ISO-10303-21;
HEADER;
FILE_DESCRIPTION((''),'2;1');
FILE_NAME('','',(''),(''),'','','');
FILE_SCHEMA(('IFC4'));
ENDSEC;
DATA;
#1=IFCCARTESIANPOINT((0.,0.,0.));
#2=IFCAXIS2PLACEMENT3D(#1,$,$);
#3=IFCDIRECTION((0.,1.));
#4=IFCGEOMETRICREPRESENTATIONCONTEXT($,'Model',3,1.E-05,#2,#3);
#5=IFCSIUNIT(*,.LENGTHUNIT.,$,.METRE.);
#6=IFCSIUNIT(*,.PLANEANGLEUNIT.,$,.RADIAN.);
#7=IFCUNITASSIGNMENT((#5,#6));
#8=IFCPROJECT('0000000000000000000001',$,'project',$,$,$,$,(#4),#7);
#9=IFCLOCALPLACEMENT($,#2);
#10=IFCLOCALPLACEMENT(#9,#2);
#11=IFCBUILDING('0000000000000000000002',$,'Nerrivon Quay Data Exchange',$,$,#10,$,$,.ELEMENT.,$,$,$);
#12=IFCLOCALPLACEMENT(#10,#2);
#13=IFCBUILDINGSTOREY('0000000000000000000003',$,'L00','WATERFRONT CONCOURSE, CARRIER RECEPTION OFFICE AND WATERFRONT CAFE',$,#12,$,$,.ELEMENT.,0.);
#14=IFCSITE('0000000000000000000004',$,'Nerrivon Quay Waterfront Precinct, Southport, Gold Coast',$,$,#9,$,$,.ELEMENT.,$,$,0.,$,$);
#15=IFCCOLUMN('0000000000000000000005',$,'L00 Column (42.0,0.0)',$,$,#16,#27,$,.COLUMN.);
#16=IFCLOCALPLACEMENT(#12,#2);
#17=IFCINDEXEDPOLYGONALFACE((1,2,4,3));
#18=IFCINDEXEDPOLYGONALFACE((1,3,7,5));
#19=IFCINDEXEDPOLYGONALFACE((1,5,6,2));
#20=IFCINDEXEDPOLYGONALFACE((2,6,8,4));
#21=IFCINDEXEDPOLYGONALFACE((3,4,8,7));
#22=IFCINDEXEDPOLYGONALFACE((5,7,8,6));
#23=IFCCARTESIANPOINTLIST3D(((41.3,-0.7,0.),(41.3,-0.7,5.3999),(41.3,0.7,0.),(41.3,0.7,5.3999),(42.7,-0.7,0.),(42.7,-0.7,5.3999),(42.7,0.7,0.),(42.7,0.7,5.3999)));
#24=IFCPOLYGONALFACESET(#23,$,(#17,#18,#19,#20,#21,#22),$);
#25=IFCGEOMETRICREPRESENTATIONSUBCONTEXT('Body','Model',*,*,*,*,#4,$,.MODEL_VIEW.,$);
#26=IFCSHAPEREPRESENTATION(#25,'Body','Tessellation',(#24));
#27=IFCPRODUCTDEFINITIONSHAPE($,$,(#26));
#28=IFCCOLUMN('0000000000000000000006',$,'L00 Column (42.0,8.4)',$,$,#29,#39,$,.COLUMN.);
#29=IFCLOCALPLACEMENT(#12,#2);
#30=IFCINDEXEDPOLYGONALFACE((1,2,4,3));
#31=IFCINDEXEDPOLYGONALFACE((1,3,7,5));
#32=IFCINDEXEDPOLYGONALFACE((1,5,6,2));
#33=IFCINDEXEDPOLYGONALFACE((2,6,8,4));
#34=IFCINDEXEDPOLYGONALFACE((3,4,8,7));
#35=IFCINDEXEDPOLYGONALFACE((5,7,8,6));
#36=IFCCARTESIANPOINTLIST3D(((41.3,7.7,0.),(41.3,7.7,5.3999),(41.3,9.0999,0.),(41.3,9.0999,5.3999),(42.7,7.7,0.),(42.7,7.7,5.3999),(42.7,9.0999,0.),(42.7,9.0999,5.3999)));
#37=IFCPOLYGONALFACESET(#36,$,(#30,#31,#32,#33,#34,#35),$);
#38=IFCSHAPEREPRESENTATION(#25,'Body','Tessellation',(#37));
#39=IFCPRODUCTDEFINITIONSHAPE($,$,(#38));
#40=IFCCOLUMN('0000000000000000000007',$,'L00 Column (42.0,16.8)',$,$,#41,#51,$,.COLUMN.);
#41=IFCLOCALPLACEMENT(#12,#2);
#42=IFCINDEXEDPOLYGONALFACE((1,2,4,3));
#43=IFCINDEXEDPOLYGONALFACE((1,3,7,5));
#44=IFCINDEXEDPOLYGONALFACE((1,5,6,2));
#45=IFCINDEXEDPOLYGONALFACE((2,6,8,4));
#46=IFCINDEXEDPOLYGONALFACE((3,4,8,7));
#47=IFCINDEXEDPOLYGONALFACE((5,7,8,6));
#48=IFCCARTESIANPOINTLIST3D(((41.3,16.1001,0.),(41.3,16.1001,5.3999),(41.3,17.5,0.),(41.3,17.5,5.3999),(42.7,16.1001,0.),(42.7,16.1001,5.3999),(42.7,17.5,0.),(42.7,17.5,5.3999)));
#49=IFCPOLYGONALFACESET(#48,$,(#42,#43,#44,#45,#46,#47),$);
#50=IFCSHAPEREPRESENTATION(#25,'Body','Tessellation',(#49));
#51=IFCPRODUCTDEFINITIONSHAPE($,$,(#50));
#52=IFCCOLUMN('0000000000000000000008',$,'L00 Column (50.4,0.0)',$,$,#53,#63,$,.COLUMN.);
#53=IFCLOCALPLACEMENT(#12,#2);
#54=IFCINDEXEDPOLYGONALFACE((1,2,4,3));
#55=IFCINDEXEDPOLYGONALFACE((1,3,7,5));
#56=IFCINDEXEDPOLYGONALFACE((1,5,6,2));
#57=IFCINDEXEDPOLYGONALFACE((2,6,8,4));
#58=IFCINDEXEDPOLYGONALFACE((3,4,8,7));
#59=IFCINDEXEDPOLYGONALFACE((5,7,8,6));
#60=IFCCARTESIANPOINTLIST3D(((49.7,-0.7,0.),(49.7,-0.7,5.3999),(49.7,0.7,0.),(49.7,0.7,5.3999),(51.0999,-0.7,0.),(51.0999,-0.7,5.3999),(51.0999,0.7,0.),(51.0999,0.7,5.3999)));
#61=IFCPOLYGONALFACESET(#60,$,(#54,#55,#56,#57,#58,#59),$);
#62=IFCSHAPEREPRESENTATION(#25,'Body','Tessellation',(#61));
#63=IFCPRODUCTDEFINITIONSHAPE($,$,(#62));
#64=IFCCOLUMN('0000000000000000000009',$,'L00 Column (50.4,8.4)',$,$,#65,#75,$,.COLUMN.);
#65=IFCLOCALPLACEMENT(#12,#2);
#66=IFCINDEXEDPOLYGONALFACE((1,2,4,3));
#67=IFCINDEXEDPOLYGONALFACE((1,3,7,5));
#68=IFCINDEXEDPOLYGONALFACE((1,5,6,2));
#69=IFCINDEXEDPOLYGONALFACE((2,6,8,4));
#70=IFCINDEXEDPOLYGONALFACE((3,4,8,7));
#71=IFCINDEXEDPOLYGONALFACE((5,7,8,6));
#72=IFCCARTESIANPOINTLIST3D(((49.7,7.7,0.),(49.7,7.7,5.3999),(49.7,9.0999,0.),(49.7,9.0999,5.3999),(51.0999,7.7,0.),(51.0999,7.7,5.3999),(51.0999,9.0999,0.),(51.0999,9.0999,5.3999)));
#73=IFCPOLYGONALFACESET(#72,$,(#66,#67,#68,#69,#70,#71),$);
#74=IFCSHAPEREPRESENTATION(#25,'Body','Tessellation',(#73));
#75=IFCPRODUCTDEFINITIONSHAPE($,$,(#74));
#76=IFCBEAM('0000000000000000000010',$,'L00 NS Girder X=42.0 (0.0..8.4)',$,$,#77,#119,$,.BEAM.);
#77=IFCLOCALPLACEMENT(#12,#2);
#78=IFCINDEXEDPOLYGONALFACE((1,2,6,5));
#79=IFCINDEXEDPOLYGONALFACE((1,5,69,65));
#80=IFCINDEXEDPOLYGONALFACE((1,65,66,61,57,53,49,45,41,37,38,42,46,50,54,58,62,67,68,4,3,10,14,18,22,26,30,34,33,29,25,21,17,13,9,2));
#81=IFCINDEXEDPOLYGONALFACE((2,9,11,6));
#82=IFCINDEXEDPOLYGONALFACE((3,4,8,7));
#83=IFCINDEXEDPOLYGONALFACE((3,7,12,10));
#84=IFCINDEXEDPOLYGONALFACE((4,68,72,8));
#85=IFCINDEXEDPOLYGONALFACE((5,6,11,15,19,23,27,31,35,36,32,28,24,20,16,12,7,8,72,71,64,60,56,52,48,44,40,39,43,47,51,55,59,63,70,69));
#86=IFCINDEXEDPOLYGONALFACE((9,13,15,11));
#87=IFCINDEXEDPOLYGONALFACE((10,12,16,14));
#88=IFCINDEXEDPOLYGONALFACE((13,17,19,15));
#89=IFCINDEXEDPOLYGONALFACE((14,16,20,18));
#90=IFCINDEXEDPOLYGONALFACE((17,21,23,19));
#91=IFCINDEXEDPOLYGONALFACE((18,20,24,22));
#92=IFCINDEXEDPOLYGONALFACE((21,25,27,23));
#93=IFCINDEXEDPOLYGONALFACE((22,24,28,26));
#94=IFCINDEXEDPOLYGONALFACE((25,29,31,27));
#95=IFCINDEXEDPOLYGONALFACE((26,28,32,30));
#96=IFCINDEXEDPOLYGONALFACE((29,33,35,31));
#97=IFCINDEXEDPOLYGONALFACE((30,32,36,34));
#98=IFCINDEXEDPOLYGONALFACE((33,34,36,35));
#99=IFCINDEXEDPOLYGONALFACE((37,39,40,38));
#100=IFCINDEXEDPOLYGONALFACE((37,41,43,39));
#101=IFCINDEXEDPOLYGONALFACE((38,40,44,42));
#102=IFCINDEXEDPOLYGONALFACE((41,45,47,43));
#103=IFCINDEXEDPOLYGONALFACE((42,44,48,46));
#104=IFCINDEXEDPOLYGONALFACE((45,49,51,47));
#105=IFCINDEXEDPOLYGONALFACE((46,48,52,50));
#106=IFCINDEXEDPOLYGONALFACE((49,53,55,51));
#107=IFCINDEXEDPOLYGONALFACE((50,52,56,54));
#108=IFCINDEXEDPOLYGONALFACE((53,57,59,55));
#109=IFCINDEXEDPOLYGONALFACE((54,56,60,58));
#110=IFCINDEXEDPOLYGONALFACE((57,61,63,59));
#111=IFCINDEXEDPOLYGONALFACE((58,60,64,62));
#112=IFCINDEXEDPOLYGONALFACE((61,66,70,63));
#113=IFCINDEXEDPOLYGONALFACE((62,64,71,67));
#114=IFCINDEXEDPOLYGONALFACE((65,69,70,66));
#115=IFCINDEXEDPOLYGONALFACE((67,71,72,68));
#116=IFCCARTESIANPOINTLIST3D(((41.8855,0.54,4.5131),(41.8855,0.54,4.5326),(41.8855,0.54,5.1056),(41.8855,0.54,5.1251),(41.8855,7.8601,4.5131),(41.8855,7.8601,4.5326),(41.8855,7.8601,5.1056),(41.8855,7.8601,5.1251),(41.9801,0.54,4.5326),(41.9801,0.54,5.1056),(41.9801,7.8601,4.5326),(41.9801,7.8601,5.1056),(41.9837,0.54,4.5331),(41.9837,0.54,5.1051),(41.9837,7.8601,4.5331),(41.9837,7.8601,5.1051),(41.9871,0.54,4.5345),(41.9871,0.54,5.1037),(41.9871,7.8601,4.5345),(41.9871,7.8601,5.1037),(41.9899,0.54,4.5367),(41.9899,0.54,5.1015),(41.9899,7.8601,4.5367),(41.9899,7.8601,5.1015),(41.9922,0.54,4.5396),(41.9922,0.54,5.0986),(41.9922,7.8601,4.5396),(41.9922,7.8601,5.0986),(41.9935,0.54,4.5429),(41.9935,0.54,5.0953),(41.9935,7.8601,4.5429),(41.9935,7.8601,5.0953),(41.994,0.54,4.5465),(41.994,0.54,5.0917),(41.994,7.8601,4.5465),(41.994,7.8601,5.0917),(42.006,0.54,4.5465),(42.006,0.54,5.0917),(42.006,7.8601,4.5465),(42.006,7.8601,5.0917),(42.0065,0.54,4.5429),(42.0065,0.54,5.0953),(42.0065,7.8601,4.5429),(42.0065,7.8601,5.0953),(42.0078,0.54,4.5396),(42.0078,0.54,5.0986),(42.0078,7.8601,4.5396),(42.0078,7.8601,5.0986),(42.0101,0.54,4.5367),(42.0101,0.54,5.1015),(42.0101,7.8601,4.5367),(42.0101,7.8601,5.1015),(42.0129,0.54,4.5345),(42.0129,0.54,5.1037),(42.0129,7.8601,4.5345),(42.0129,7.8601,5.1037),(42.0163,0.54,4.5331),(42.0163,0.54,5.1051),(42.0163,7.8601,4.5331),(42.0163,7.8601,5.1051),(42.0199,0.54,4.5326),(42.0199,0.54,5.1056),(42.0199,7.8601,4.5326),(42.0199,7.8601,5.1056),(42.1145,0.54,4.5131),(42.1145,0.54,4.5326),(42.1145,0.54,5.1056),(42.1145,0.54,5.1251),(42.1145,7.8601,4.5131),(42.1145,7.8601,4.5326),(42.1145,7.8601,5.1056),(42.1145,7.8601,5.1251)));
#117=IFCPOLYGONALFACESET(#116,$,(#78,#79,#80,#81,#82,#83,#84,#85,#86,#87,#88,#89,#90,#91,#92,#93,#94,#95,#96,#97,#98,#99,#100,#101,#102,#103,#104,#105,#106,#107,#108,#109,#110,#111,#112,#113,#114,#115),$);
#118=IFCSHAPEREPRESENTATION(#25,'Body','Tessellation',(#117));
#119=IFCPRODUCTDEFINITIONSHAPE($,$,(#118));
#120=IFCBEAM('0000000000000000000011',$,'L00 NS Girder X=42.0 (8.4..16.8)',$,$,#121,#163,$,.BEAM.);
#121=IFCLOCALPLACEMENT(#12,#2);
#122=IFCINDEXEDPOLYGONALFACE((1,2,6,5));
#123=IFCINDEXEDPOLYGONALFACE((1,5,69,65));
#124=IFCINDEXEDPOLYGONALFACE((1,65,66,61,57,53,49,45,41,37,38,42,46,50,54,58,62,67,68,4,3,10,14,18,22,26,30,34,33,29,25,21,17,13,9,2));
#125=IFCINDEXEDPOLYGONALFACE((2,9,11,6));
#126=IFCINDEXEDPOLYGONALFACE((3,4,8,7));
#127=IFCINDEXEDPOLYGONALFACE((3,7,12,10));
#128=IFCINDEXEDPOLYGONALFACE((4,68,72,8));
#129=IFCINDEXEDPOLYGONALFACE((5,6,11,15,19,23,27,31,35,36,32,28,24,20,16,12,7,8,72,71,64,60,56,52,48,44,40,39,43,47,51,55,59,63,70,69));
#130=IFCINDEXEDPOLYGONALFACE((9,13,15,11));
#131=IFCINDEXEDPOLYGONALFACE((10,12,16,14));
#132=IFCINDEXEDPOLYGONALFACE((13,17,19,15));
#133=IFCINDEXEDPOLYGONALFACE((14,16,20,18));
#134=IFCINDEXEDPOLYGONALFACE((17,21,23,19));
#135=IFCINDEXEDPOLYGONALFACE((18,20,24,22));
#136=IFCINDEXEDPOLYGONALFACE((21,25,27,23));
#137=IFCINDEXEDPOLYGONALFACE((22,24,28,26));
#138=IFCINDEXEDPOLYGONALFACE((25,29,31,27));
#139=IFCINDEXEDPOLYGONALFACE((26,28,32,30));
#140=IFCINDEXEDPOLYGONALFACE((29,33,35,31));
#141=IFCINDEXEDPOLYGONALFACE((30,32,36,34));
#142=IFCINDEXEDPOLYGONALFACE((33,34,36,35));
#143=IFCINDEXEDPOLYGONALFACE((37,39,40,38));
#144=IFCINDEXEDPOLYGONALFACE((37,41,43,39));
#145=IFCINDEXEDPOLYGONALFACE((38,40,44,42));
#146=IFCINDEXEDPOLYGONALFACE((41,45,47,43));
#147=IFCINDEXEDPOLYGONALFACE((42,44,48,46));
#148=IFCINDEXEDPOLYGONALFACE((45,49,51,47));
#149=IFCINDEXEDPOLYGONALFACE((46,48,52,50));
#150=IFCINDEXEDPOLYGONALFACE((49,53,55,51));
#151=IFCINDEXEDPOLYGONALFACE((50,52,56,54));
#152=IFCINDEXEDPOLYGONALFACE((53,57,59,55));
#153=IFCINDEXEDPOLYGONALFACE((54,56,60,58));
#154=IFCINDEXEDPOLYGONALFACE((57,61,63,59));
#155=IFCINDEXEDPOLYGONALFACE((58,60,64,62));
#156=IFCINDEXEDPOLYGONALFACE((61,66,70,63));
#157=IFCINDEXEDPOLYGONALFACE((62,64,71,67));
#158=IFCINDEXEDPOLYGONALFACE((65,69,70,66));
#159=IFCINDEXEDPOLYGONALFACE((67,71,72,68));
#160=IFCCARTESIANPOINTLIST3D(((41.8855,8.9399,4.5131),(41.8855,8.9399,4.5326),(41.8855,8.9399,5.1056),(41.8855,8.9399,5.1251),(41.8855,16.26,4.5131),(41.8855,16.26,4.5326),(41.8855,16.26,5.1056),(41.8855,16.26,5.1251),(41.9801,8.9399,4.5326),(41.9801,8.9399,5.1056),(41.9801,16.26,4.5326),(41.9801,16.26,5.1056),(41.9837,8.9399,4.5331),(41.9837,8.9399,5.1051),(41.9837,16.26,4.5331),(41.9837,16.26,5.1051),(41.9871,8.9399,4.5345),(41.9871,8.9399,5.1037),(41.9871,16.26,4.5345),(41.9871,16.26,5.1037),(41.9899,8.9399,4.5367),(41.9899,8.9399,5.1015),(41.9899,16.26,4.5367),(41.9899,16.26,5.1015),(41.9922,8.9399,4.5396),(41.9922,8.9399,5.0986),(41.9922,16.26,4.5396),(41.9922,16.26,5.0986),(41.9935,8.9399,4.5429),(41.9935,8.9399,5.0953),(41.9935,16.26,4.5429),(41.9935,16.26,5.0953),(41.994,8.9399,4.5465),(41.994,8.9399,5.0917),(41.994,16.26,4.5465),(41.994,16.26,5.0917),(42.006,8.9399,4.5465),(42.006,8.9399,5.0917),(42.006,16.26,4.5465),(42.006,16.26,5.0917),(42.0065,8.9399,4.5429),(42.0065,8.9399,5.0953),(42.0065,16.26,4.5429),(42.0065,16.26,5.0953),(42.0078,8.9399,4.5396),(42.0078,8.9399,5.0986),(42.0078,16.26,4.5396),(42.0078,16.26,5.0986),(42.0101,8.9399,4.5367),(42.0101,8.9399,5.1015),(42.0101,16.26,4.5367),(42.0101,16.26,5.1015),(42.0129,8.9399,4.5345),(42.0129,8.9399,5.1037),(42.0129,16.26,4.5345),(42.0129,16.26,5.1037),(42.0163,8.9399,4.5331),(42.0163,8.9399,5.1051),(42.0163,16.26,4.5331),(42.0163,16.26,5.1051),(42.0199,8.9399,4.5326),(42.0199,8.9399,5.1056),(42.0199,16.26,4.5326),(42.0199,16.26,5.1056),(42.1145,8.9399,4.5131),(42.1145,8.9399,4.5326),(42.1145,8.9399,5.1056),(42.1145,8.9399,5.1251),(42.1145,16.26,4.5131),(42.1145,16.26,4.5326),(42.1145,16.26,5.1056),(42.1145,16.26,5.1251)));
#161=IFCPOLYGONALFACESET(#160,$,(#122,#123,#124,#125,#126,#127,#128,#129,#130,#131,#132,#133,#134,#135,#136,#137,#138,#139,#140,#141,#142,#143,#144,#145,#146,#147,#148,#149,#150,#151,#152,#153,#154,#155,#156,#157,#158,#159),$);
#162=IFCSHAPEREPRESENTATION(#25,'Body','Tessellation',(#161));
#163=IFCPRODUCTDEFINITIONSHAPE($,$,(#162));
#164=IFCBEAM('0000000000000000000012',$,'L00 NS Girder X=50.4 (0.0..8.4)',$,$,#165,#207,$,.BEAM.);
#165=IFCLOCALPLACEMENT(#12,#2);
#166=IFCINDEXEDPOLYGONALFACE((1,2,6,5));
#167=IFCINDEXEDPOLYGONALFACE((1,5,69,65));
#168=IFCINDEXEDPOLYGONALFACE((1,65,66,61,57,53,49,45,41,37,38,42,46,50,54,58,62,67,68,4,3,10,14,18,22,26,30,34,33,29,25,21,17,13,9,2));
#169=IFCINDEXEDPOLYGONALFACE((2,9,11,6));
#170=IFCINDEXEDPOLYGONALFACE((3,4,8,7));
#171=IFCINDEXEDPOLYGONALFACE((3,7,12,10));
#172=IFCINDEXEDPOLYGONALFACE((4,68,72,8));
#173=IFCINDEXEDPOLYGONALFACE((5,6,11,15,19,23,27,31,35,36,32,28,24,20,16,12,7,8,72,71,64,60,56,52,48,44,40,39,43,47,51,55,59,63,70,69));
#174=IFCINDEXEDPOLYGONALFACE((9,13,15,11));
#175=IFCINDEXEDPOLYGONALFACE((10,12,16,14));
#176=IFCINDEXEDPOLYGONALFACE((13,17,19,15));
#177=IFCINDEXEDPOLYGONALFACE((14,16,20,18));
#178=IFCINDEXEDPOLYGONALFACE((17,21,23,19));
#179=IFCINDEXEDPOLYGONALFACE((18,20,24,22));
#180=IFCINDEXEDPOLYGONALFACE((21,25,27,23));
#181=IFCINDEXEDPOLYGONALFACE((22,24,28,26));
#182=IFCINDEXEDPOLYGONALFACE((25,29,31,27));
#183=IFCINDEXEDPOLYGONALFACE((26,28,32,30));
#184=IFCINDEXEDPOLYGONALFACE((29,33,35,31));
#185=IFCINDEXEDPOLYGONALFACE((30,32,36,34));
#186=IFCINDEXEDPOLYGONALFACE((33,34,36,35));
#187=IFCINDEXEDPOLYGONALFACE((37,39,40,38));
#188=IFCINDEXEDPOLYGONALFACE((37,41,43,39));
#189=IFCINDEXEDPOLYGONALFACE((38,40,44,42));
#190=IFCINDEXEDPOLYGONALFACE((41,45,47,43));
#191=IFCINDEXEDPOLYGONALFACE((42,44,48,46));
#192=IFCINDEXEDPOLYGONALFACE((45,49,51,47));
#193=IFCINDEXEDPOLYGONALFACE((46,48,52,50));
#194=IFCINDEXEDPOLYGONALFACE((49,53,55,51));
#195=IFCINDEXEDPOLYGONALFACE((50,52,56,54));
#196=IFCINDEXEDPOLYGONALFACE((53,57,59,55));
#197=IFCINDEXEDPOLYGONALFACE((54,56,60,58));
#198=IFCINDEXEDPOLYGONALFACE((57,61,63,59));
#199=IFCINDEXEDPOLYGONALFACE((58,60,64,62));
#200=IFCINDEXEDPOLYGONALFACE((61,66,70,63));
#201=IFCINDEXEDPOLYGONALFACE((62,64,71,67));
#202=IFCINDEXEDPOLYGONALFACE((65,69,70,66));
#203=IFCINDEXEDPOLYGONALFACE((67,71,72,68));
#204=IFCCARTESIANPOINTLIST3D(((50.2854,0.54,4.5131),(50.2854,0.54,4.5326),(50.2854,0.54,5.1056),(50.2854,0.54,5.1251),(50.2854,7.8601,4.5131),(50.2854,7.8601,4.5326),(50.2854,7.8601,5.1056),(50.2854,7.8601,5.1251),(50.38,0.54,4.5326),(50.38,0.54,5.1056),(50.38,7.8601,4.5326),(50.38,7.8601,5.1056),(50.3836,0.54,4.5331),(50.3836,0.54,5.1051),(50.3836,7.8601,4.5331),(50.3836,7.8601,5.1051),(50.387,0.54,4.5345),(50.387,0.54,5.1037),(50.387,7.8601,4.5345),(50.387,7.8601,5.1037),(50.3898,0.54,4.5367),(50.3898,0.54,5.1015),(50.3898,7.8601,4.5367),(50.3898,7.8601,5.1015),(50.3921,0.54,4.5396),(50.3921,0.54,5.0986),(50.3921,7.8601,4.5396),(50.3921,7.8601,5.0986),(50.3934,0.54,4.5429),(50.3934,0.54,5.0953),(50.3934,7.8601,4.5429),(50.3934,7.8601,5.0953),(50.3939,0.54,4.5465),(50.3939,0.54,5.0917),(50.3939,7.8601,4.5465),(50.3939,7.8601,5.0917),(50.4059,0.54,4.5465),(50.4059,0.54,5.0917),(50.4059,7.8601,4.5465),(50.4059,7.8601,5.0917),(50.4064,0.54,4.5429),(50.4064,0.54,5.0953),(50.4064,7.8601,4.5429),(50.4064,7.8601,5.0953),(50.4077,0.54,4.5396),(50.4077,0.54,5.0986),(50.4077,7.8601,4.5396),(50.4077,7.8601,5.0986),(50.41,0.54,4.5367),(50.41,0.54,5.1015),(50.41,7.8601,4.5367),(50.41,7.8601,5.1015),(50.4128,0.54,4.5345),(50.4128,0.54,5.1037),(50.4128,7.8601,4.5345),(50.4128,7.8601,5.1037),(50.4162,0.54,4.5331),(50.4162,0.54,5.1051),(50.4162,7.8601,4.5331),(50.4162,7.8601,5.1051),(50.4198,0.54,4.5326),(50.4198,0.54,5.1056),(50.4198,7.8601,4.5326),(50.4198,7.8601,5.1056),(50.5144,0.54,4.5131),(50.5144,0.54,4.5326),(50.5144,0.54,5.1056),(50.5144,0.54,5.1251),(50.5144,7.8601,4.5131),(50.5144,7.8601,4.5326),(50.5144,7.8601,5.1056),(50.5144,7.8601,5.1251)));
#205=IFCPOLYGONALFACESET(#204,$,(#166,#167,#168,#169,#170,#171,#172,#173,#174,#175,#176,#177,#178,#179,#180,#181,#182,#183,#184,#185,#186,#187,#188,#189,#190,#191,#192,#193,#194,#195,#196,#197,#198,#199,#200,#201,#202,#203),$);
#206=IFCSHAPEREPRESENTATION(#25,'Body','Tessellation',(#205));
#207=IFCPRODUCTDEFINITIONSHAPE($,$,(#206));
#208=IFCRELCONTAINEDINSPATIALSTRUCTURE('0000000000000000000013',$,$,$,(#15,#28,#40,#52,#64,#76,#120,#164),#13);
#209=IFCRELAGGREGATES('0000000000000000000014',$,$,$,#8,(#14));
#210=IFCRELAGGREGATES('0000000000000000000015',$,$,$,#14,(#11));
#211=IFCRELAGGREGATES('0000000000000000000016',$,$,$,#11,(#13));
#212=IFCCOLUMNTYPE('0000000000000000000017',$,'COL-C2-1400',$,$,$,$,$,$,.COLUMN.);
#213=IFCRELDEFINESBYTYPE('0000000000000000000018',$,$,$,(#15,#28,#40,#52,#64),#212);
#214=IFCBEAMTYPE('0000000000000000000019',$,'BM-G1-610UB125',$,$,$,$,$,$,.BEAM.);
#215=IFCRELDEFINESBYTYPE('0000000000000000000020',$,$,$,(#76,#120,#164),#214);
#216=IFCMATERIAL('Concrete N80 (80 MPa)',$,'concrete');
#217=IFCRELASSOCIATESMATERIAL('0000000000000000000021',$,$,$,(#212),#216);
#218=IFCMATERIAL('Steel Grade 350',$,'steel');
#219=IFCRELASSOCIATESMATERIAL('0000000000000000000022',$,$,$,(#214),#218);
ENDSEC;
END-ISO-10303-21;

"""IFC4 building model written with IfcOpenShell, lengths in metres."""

from ifc_helpers import new_model, si_unit, direction, frame, origin, origin_2d, place, context, subcontext, project, spatial, rectangle, i_section, extrude, material, material_profile, profile_set, type_object, element, save


model = new_model("IFC4")

# Units and contexts
model_context = context("Model", 3, precision=1e-05, world=origin(), true_north=direction((0.0, 1.0)))
body_context = subcontext(model_context, "Body", "Model", "MODEL_VIEW")
ifc_project = project(units=[si_unit("LENGTHUNIT", "METRE"), si_unit("PLANEANGLEUNIT", "RADIAN")], contexts=[model_context])

# Site, building, storey
site_placement = place(None, origin())
site = spatial("IfcSite", under=ifc_project, at=site_placement, Name="Nerrivon Quay Waterfront Precinct, Southport, Gold Coast", CompositionType="ELEMENT", RefElevation=0.0)
building_placement = place(site_placement, origin())
building = spatial("IfcBuilding", under=site, at=building_placement, Name="Nerrivon Quay Data Exchange", CompositionType="ELEMENT")
storey_placement = place(building_placement, origin())
storey = spatial("IfcBuildingStorey", under=building, at=storey_placement, Name="L00", Description="WATERFRONT CONCOURSE, CARRIER RECEPTION OFFICE AND WATERFRONT CAFE", CompositionType="ELEMENT", Elevation=0.0)

# Columns
ifc_material_1 = material(Name="Concrete N80 (80 MPa)", Category="concrete")
ifc_material_profile_1 = material_profile(ifc_material_1, rectangle(XDim=1.3999, YDim=1.3999, at=origin_2d()), Name="RC-COL-1400x1400")
ifc_profile_set_1 = profile_set([ifc_material_profile_1], Name="Concrete N80 (80 MPa)")
column_type = type_object("IfcColumnType", Name="COL-C2-1400", PredefinedType="COLUMN", material=ifc_profile_set_1)
for number, where, z_axis, x_axis, name in (
    (1, (42.0, 0.0, 0.0), (0.0, 0.0, 1.0), (1.0, 0.0, 0.0), "L00 Column (42.0,0.0)"),
    (2, (42.0, 8.3999, 0.0), (0.0, 0.0, 1.0), (1.0, 0.0, 0.0), "L00 Column (42.0,8.4)"),
    (3, (42.0, 16.8, 0.0), (0.0, 0.0, 1.0), (1.0, 0.0, 0.0), "L00 Column (42.0,16.8)"),
    (4, (50.3999, 0.0, 0.0), (0.0, 0.0, 1.0), (1.0, 0.0, 0.0), "L00 Column (50.4,0.0)"),
    (5, (50.3999, 8.3999, 0.0), (0.0, 0.0, 1.0), (1.0, 0.0, 0.0), "L00 Column (50.4,8.4)"),
):
    element("IfcColumn", number, at=place(storey_placement, frame(where, z_axis=z_axis, x_axis=x_axis)), inside=storey, type_object=column_type, Name=name, PredefinedType="COLUMN", context=body_context, shape_type="SweptSolid", body=[
        extrude(rectangle(XDim=1.3999, YDim=1.3999, at=origin_2d()), origin(), (0.0, 0.0, 1.0), 5.3999),
    ])

# Beams
ifc_material_2 = material(Name="Steel Grade 350", Category="steel")
ifc_material_profile_2 = material_profile(ifc_material_2, i_section(OverallWidth=0.229, OverallDepth=0.6121, WebThickness=0.012, FlangeThickness=0.0195, FilletRadius=0.0139, at=origin_2d()), Name="610UB125")
ifc_profile_set_2 = profile_set([ifc_material_profile_2], Name="Steel Grade 350")
beam_type_1 = type_object("IfcBeamType", Name="BM-G1-610UB125", PredefinedType="BEAM", material=ifc_profile_set_2)
for number, where, z_axis, x_axis, name in (
    (6, (42.0, 0.54, 4.8191), (0.0, 1.0, 0.0), (-1.0, 0.0, 0.0), "L00 NS Girder X=42.0 (0.0..8.4)"),
    (7, (42.0, 8.9399, 4.8191), (0.0, 1.0, 0.0), (-1.0, 0.0, 0.0), "L00 NS Girder X=42.0 (8.4..16.8)"),
    (8, (50.3999, 0.54, 4.8191), (0.0, 1.0, 0.0), (-1.0, 0.0, 0.0), "L00 NS Girder X=50.4 (0.0..8.4)"),
):
    element("IfcBeam", number, at=place(storey_placement, frame(where, z_axis=z_axis, x_axis=x_axis)), inside=storey, type_object=beam_type_1, Name=name, PredefinedType="BEAM", context=body_context, shape_type="SweptSolid", body=[
        extrude(i_section(OverallWidth=0.229, OverallDepth=0.6121, WebThickness=0.012, FlangeThickness=0.0195, FilletRadius=0.0139, at=origin_2d()), origin(), (0.0, 0.0, 1.0), 7.3201),
    ])

save(model, "model.ifc")
